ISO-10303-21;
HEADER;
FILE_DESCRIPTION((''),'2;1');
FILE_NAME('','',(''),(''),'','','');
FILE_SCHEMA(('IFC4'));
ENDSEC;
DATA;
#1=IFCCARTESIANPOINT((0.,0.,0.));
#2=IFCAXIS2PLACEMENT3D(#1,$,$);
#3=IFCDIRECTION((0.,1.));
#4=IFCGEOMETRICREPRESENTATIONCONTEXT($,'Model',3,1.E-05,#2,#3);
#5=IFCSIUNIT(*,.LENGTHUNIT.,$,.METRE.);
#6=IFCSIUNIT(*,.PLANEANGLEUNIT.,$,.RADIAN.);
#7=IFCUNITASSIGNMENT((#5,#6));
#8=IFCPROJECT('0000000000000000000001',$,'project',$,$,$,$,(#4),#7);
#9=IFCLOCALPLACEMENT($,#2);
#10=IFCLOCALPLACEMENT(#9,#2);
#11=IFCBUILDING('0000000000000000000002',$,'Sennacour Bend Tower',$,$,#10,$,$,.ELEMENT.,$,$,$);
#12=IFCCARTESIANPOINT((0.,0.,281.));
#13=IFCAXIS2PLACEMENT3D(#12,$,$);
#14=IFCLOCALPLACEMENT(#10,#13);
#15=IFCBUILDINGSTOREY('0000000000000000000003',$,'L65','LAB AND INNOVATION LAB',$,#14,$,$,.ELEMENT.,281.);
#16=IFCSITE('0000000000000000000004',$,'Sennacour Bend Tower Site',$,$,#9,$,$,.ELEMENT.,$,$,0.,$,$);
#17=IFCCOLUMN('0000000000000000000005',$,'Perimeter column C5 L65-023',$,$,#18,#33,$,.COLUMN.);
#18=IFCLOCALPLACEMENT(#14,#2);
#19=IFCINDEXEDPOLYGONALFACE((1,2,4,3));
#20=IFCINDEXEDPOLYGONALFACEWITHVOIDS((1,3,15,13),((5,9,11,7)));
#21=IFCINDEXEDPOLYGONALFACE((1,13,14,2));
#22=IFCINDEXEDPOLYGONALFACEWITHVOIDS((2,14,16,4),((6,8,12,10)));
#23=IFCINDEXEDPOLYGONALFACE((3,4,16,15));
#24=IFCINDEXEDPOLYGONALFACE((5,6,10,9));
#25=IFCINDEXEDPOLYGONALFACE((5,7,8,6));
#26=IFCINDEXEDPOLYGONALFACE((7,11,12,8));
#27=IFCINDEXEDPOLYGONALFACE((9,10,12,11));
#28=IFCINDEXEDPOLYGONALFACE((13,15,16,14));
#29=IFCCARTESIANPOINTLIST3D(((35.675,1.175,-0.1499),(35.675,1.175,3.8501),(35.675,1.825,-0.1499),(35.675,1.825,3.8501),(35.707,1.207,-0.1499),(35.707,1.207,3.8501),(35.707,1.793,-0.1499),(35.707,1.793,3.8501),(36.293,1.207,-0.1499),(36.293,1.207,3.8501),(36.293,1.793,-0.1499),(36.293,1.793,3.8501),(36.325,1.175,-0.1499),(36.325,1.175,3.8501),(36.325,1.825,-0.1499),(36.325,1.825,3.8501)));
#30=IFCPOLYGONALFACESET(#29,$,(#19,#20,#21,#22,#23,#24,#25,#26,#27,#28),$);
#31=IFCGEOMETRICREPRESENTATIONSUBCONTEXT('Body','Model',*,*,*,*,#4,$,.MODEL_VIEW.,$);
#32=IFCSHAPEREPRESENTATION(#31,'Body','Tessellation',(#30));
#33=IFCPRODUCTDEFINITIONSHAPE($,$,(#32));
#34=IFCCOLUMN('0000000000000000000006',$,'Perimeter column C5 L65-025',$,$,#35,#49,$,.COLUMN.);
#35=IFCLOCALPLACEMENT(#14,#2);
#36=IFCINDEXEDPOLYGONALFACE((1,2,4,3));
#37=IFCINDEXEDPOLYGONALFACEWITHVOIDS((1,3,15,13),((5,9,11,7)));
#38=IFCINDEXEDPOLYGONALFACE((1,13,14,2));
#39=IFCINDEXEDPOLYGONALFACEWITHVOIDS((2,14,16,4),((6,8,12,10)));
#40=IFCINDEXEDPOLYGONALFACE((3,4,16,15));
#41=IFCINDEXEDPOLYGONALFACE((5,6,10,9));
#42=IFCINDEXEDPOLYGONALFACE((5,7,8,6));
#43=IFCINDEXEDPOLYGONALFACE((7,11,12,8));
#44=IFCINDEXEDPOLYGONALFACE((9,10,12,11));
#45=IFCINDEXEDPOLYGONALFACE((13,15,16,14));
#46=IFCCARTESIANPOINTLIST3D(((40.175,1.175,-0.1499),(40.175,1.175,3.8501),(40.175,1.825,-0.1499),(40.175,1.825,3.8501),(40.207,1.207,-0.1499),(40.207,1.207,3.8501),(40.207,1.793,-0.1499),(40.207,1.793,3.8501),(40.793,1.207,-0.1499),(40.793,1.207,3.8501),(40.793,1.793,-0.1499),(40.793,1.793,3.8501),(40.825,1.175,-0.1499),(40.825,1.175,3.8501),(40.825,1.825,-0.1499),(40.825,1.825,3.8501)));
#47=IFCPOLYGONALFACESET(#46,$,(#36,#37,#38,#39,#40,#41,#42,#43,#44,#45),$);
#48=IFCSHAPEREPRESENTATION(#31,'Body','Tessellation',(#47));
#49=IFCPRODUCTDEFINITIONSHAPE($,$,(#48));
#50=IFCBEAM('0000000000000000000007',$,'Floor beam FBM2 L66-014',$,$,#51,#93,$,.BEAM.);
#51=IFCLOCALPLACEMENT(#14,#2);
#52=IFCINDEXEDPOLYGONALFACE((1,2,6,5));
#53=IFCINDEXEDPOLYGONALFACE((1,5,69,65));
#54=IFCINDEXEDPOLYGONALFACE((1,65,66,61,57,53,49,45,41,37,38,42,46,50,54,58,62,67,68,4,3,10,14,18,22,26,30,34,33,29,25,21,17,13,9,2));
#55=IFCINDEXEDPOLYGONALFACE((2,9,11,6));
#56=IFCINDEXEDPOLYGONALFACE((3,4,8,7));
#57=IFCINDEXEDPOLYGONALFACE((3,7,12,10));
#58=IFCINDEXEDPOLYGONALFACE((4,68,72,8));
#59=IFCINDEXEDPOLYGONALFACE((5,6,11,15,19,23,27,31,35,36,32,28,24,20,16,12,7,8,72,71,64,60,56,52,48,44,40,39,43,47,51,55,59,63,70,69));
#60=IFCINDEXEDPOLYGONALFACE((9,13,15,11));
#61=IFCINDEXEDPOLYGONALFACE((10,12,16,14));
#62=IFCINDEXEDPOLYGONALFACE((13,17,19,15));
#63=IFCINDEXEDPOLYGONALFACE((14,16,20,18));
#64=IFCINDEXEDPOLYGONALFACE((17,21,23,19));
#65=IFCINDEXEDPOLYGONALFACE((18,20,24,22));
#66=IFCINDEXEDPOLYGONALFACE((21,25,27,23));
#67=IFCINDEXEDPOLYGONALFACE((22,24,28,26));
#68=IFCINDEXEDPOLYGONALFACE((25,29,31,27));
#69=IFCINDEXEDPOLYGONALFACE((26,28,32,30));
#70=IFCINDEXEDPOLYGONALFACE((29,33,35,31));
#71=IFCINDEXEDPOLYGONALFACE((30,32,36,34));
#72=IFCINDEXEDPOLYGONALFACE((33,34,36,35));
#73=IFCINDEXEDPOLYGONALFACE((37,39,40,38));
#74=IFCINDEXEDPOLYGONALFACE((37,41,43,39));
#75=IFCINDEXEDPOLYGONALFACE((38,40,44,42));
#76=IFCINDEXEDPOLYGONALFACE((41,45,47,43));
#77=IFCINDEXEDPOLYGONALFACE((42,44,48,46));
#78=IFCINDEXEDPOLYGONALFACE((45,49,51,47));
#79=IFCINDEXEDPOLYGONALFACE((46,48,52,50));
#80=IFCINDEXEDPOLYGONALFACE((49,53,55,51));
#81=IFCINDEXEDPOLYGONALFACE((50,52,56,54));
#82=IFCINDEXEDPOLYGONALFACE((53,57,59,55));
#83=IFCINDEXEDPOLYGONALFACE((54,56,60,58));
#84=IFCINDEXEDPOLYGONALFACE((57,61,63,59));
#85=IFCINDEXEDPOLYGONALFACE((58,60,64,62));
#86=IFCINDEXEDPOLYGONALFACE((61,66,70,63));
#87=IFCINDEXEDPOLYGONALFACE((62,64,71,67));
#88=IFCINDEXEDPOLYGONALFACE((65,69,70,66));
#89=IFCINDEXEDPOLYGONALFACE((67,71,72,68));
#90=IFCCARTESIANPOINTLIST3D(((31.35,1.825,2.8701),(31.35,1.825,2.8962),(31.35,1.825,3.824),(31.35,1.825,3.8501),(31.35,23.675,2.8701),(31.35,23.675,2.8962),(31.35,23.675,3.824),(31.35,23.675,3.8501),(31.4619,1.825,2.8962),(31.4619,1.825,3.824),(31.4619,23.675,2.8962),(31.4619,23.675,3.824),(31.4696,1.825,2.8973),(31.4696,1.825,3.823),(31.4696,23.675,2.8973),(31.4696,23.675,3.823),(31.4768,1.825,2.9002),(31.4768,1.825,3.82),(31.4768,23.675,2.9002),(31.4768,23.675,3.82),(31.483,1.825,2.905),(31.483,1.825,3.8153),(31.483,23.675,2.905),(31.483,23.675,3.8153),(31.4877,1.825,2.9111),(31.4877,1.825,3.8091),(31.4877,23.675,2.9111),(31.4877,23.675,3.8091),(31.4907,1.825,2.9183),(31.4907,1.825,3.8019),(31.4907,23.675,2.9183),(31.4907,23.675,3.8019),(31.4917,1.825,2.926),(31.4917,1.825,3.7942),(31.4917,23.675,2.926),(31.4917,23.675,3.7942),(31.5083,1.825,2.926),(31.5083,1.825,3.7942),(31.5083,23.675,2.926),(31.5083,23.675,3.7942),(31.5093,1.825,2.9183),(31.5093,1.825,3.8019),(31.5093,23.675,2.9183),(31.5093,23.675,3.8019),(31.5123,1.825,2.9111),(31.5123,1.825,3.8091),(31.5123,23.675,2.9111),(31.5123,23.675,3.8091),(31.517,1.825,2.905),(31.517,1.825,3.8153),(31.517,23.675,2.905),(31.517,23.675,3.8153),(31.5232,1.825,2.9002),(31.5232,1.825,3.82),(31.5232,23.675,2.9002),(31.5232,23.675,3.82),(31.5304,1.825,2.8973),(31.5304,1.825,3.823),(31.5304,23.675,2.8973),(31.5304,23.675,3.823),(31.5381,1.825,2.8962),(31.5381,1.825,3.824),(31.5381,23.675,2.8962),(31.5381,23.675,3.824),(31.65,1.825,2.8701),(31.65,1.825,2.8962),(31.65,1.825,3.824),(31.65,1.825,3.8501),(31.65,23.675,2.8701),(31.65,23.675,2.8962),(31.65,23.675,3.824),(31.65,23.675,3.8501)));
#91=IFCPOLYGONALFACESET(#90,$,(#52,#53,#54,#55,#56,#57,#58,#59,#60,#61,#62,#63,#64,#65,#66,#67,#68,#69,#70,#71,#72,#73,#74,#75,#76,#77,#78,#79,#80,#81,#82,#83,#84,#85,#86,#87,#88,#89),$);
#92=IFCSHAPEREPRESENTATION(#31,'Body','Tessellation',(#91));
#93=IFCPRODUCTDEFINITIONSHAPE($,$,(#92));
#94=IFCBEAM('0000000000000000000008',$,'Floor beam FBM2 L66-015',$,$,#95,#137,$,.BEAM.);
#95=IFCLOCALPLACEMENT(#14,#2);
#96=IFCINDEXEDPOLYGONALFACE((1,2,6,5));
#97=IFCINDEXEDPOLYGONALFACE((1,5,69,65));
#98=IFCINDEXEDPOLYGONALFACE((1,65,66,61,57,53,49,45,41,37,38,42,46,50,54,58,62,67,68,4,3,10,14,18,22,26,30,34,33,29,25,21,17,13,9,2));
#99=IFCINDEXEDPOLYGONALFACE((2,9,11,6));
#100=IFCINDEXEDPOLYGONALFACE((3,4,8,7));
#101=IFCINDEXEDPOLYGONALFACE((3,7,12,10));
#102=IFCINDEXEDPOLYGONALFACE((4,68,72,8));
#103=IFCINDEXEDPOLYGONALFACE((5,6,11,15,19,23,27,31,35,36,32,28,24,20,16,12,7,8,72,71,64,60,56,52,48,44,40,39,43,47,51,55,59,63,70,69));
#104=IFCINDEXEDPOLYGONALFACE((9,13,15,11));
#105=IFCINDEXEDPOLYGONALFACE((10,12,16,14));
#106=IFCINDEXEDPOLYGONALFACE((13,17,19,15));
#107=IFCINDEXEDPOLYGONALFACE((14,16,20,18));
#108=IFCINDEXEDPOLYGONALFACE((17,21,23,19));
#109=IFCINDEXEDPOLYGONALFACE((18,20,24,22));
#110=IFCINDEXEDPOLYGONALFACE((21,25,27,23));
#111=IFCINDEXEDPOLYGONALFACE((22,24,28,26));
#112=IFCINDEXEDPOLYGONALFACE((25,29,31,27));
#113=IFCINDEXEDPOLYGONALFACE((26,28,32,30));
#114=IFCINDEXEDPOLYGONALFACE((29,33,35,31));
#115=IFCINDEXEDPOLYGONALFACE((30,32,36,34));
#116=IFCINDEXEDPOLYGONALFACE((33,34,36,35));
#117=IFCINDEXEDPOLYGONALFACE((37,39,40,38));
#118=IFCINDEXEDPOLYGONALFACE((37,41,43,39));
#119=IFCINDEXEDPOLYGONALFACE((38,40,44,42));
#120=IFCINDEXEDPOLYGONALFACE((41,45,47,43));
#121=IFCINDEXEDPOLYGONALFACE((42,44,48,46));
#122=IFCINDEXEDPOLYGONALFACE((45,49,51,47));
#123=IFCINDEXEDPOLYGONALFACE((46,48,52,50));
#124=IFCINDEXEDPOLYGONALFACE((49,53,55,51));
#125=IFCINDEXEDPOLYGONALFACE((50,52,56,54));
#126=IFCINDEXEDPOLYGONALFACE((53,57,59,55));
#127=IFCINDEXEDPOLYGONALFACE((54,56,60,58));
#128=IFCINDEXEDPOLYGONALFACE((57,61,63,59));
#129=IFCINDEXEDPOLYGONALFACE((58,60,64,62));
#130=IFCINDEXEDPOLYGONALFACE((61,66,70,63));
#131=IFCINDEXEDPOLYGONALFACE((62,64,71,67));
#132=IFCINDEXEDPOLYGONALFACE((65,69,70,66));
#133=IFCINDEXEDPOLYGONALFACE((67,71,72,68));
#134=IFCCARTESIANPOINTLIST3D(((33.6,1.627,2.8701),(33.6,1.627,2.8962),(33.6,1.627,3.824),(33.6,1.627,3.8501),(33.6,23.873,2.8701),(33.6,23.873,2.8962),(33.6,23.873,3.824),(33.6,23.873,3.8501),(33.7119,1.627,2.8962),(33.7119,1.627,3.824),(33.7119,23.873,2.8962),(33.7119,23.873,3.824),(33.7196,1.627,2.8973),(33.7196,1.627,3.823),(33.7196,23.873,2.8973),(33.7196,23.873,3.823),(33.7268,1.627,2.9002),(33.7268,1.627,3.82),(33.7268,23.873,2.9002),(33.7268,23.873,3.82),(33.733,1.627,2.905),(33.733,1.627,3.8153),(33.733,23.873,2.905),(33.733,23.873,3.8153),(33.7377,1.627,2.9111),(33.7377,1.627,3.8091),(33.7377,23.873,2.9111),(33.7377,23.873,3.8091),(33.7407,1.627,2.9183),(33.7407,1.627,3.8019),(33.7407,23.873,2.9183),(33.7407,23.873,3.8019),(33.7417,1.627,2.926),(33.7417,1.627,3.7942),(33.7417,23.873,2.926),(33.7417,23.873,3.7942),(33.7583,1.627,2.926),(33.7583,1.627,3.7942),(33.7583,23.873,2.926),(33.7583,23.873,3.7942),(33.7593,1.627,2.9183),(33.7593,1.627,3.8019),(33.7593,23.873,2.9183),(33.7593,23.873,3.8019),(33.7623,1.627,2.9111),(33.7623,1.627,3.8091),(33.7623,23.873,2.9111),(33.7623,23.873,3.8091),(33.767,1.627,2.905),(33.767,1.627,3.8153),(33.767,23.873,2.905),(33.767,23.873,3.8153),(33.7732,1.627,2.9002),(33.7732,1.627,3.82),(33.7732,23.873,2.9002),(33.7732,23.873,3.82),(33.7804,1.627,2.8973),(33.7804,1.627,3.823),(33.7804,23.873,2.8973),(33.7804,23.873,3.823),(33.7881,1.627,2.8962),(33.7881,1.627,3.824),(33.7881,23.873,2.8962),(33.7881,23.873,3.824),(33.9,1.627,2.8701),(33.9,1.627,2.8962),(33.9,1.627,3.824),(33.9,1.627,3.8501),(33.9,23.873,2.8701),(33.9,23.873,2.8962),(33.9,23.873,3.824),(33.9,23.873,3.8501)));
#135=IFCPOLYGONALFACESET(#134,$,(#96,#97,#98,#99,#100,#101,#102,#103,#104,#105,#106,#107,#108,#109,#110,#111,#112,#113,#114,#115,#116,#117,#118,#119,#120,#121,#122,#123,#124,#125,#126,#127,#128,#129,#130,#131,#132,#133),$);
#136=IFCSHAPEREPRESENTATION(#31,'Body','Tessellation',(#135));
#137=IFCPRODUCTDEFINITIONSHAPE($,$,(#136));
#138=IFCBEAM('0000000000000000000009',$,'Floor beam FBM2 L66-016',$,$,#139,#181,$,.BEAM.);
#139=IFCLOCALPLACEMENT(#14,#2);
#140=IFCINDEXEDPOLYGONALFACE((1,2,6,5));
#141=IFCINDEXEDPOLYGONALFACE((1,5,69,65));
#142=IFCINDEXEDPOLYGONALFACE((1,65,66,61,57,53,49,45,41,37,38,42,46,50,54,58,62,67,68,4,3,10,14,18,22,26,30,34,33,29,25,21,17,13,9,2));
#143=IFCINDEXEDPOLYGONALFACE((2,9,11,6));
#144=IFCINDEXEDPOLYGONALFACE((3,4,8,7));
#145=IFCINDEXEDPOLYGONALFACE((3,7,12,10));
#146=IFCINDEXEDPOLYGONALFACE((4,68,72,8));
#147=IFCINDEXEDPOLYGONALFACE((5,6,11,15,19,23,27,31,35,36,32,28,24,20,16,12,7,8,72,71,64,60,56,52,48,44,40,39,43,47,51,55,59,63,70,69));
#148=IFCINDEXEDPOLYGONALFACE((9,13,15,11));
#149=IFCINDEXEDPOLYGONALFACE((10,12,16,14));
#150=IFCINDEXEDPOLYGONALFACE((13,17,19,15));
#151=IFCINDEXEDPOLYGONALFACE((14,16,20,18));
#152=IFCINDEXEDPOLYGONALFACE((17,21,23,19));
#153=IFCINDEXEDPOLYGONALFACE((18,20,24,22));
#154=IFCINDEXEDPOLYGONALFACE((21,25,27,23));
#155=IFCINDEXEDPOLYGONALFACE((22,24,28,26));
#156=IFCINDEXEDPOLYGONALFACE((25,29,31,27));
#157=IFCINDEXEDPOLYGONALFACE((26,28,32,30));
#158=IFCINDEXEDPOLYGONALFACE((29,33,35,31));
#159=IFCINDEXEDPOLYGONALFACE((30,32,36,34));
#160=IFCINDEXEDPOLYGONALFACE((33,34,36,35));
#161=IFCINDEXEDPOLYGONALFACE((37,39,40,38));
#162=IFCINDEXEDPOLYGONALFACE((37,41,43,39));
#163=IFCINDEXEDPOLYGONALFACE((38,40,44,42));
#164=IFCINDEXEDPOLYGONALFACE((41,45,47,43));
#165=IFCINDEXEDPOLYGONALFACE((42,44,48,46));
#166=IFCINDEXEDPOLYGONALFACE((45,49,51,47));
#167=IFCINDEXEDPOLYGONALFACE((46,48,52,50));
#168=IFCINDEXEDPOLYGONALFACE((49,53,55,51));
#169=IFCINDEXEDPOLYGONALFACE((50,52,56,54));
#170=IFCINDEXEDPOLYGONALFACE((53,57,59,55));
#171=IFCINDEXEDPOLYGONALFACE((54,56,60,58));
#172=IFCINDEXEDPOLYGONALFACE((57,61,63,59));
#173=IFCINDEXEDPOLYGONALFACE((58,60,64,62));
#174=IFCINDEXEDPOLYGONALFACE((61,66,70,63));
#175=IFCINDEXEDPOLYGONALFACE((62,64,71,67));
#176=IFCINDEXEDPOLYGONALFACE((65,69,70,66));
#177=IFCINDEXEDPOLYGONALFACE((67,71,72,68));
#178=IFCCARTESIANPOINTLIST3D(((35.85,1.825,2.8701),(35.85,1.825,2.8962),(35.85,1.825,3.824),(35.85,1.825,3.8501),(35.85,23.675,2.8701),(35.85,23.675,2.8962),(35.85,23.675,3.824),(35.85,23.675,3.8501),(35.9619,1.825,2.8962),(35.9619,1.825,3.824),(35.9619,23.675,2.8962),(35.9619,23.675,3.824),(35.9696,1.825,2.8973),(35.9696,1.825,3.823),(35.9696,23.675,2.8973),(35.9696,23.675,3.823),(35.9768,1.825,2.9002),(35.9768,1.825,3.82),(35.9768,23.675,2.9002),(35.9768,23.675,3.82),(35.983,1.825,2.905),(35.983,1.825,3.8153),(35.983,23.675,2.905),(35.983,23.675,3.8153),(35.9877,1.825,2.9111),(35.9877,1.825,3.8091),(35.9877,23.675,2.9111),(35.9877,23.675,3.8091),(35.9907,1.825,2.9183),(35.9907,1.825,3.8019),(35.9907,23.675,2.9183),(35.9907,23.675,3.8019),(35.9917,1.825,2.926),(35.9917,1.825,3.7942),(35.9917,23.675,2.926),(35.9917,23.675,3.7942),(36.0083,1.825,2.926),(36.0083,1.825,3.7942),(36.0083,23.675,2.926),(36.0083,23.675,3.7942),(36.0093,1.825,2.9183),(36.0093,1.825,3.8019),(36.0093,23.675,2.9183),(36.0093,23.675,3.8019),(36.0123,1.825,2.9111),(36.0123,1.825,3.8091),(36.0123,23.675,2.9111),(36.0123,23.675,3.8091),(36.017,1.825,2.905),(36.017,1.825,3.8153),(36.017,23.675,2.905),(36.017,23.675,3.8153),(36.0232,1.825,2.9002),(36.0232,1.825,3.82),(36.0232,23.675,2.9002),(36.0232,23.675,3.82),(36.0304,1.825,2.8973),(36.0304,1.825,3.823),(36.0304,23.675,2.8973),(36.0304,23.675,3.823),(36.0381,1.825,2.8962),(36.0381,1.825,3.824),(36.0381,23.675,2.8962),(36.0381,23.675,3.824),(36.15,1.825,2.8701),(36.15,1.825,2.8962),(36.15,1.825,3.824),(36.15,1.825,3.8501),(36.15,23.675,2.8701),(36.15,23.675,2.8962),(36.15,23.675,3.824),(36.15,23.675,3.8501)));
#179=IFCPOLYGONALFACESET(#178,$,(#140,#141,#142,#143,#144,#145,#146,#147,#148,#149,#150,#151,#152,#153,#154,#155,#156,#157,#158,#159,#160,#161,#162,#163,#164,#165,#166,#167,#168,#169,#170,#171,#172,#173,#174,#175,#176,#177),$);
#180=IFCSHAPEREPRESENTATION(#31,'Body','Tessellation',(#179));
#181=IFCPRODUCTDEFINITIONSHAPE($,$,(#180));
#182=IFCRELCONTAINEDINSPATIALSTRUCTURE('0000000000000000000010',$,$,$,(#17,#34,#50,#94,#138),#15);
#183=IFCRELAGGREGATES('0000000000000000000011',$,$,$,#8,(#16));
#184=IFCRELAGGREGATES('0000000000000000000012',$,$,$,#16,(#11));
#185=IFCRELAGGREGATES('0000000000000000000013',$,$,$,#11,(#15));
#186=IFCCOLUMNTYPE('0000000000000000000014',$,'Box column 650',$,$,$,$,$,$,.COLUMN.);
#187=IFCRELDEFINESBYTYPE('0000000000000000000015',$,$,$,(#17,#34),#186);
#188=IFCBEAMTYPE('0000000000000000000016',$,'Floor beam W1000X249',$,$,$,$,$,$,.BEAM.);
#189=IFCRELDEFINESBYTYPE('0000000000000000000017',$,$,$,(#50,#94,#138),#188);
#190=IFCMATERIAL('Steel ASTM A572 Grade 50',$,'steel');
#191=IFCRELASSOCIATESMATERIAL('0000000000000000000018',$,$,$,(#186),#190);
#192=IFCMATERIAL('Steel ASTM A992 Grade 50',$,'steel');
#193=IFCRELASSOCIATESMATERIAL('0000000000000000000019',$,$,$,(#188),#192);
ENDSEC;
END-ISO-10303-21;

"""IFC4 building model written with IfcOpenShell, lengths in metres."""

from ifc_helpers import new_model, si_unit, direction, frame, origin, origin_2d, place, context, subcontext, project, spatial, hollow_rectangle, i_section, extrude, material, material_profile, profile_set, type_object, element, save


model = new_model("IFC4")

# Units and contexts
model_context = context("Model", 3, precision=1e-05, world=origin(), true_north=direction((0.0, 1.0)))
body_context = subcontext(model_context, "Body", "Model", "MODEL_VIEW")
ifc_project = project(units=[si_unit("LENGTHUNIT", "METRE"), si_unit("PLANEANGLEUNIT", "RADIAN")], contexts=[model_context])

# Site, building, storey
site_placement = place(None, origin())
site = spatial("IfcSite", under=ifc_project, at=site_placement, Name="Sennacour Bend Tower Site", CompositionType="ELEMENT", RefElevation=0.0)
building_placement = place(site_placement, origin())
building = spatial("IfcBuilding", under=site, at=building_placement, Name="Sennacour Bend Tower", CompositionType="ELEMENT")
storey_placement = place(building_placement, frame((0.0, 0.0, 281.0)))
storey = spatial("IfcBuildingStorey", under=building, at=storey_placement, Name="L65", Description="LAB AND INNOVATION LAB", CompositionType="ELEMENT", Elevation=281.0)

# Columns
ifc_material_1 = material(Name="Steel ASTM A572 Grade 50", Category="steel")
ifc_material_profile_1 = material_profile(ifc_material_1, hollow_rectangle(XDim=0.6499, YDim=0.6499, WallThickness=0.032, at=origin_2d()), Name="Steel ASTM A572 Grade 50", Category="steel")
ifc_profile_set_1 = profile_set([ifc_material_profile_1], Name="Steel ASTM A572 Grade 50")
column_type = type_object("IfcColumnType", Name="Box column 650", PredefinedType="COLUMN", material=ifc_profile_set_1)
for number, where, z_axis, x_axis, name in (
    (1, (36.0, 1.5, -0.1499), (0.0, 0.0, 1.0), (1.0, 0.0, 0.0), "Perimeter column C5 L65-023"),
    (2, (40.5, 1.5, -0.1499), (0.0, 0.0, 1.0), (1.0, 0.0, 0.0), "Perimeter column C5 L65-025"),
):
    element("IfcColumn", number, at=place(storey_placement, frame(where, z_axis=z_axis, x_axis=x_axis)), inside=storey, type_object=column_type, Name=name, PredefinedType="COLUMN", context=body_context, shape_type="SweptSolid", body=[
        extrude(hollow_rectangle(XDim=0.6499, YDim=0.6499, WallThickness=0.032, at=origin_2d()), origin(), (0.0, 0.0, 1.0), 4.0),
    ])

# Beams
ifc_material_2 = material(Name="Steel ASTM A992 Grade 50", Category="steel")
ifc_material_profile_2 = material_profile(ifc_material_2, i_section(OverallWidth=0.3, OverallDepth=0.98, WebThickness=0.0166, FlangeThickness=0.0261, FilletRadius=0.0298, at=origin_2d()), Name="Steel ASTM A992 Grade 50", Category="steel")
ifc_profile_set_2 = profile_set([ifc_material_profile_2], Name="Steel ASTM A992 Grade 50")
beam_type_1 = type_object("IfcBeamType", Name="Floor beam W1000X249", PredefinedType="BEAM", material=ifc_profile_set_2)
beam_1_placement = place(storey_placement, frame((31.5, 1.825, 3.3601), z_axis=(0.0, 1.0, 0.0), x_axis=(-1.0, 0.0, 0.0)))
element("IfcBeam", 3, at=beam_1_placement, inside=storey, type_object=beam_type_1, Name="Floor beam FBM2 L66-014", PredefinedType="BEAM", context=body_context, shape_type="SweptSolid", body=[
    extrude(i_section(OverallWidth=0.3, OverallDepth=0.98, WebThickness=0.0166, FlangeThickness=0.0261, FilletRadius=0.0298, at=origin_2d()), origin(), (0.0, 0.0, 1.0), 21.8501),
])
beam_2_placement = place(storey_placement, frame((33.75, 1.627, 3.3601), z_axis=(0.0, 1.0, 0.0), x_axis=(-1.0, 0.0, 0.0)))
element("IfcBeam", 4, at=beam_2_placement, inside=storey, type_object=beam_type_1, Name="Floor beam FBM2 L66-015", PredefinedType="BEAM", context=body_context, shape_type="SweptSolid", body=[
    extrude(i_section(OverallWidth=0.3, OverallDepth=0.98, WebThickness=0.0166, FlangeThickness=0.0261, FilletRadius=0.0298, at=origin_2d()), origin(), (0.0, 0.0, 1.0), 22.2461),
])
beam_3_placement = place(storey_placement, frame((36.0, 1.825, 3.3601), z_axis=(0.0, 1.0, 0.0), x_axis=(-1.0, 0.0, 0.0)))
element("IfcBeam", 5, at=beam_3_placement, inside=storey, type_object=beam_type_1, Name="Floor beam FBM2 L66-016", PredefinedType="BEAM", context=body_context, shape_type="SweptSolid", body=[
    extrude(i_section(OverallWidth=0.3, OverallDepth=0.98, WebThickness=0.0166, FlangeThickness=0.0261, FilletRadius=0.0298, at=origin_2d()), origin(), (0.0, 0.0, 1.0), 21.8501),
])

save(model, "model.ifc")
